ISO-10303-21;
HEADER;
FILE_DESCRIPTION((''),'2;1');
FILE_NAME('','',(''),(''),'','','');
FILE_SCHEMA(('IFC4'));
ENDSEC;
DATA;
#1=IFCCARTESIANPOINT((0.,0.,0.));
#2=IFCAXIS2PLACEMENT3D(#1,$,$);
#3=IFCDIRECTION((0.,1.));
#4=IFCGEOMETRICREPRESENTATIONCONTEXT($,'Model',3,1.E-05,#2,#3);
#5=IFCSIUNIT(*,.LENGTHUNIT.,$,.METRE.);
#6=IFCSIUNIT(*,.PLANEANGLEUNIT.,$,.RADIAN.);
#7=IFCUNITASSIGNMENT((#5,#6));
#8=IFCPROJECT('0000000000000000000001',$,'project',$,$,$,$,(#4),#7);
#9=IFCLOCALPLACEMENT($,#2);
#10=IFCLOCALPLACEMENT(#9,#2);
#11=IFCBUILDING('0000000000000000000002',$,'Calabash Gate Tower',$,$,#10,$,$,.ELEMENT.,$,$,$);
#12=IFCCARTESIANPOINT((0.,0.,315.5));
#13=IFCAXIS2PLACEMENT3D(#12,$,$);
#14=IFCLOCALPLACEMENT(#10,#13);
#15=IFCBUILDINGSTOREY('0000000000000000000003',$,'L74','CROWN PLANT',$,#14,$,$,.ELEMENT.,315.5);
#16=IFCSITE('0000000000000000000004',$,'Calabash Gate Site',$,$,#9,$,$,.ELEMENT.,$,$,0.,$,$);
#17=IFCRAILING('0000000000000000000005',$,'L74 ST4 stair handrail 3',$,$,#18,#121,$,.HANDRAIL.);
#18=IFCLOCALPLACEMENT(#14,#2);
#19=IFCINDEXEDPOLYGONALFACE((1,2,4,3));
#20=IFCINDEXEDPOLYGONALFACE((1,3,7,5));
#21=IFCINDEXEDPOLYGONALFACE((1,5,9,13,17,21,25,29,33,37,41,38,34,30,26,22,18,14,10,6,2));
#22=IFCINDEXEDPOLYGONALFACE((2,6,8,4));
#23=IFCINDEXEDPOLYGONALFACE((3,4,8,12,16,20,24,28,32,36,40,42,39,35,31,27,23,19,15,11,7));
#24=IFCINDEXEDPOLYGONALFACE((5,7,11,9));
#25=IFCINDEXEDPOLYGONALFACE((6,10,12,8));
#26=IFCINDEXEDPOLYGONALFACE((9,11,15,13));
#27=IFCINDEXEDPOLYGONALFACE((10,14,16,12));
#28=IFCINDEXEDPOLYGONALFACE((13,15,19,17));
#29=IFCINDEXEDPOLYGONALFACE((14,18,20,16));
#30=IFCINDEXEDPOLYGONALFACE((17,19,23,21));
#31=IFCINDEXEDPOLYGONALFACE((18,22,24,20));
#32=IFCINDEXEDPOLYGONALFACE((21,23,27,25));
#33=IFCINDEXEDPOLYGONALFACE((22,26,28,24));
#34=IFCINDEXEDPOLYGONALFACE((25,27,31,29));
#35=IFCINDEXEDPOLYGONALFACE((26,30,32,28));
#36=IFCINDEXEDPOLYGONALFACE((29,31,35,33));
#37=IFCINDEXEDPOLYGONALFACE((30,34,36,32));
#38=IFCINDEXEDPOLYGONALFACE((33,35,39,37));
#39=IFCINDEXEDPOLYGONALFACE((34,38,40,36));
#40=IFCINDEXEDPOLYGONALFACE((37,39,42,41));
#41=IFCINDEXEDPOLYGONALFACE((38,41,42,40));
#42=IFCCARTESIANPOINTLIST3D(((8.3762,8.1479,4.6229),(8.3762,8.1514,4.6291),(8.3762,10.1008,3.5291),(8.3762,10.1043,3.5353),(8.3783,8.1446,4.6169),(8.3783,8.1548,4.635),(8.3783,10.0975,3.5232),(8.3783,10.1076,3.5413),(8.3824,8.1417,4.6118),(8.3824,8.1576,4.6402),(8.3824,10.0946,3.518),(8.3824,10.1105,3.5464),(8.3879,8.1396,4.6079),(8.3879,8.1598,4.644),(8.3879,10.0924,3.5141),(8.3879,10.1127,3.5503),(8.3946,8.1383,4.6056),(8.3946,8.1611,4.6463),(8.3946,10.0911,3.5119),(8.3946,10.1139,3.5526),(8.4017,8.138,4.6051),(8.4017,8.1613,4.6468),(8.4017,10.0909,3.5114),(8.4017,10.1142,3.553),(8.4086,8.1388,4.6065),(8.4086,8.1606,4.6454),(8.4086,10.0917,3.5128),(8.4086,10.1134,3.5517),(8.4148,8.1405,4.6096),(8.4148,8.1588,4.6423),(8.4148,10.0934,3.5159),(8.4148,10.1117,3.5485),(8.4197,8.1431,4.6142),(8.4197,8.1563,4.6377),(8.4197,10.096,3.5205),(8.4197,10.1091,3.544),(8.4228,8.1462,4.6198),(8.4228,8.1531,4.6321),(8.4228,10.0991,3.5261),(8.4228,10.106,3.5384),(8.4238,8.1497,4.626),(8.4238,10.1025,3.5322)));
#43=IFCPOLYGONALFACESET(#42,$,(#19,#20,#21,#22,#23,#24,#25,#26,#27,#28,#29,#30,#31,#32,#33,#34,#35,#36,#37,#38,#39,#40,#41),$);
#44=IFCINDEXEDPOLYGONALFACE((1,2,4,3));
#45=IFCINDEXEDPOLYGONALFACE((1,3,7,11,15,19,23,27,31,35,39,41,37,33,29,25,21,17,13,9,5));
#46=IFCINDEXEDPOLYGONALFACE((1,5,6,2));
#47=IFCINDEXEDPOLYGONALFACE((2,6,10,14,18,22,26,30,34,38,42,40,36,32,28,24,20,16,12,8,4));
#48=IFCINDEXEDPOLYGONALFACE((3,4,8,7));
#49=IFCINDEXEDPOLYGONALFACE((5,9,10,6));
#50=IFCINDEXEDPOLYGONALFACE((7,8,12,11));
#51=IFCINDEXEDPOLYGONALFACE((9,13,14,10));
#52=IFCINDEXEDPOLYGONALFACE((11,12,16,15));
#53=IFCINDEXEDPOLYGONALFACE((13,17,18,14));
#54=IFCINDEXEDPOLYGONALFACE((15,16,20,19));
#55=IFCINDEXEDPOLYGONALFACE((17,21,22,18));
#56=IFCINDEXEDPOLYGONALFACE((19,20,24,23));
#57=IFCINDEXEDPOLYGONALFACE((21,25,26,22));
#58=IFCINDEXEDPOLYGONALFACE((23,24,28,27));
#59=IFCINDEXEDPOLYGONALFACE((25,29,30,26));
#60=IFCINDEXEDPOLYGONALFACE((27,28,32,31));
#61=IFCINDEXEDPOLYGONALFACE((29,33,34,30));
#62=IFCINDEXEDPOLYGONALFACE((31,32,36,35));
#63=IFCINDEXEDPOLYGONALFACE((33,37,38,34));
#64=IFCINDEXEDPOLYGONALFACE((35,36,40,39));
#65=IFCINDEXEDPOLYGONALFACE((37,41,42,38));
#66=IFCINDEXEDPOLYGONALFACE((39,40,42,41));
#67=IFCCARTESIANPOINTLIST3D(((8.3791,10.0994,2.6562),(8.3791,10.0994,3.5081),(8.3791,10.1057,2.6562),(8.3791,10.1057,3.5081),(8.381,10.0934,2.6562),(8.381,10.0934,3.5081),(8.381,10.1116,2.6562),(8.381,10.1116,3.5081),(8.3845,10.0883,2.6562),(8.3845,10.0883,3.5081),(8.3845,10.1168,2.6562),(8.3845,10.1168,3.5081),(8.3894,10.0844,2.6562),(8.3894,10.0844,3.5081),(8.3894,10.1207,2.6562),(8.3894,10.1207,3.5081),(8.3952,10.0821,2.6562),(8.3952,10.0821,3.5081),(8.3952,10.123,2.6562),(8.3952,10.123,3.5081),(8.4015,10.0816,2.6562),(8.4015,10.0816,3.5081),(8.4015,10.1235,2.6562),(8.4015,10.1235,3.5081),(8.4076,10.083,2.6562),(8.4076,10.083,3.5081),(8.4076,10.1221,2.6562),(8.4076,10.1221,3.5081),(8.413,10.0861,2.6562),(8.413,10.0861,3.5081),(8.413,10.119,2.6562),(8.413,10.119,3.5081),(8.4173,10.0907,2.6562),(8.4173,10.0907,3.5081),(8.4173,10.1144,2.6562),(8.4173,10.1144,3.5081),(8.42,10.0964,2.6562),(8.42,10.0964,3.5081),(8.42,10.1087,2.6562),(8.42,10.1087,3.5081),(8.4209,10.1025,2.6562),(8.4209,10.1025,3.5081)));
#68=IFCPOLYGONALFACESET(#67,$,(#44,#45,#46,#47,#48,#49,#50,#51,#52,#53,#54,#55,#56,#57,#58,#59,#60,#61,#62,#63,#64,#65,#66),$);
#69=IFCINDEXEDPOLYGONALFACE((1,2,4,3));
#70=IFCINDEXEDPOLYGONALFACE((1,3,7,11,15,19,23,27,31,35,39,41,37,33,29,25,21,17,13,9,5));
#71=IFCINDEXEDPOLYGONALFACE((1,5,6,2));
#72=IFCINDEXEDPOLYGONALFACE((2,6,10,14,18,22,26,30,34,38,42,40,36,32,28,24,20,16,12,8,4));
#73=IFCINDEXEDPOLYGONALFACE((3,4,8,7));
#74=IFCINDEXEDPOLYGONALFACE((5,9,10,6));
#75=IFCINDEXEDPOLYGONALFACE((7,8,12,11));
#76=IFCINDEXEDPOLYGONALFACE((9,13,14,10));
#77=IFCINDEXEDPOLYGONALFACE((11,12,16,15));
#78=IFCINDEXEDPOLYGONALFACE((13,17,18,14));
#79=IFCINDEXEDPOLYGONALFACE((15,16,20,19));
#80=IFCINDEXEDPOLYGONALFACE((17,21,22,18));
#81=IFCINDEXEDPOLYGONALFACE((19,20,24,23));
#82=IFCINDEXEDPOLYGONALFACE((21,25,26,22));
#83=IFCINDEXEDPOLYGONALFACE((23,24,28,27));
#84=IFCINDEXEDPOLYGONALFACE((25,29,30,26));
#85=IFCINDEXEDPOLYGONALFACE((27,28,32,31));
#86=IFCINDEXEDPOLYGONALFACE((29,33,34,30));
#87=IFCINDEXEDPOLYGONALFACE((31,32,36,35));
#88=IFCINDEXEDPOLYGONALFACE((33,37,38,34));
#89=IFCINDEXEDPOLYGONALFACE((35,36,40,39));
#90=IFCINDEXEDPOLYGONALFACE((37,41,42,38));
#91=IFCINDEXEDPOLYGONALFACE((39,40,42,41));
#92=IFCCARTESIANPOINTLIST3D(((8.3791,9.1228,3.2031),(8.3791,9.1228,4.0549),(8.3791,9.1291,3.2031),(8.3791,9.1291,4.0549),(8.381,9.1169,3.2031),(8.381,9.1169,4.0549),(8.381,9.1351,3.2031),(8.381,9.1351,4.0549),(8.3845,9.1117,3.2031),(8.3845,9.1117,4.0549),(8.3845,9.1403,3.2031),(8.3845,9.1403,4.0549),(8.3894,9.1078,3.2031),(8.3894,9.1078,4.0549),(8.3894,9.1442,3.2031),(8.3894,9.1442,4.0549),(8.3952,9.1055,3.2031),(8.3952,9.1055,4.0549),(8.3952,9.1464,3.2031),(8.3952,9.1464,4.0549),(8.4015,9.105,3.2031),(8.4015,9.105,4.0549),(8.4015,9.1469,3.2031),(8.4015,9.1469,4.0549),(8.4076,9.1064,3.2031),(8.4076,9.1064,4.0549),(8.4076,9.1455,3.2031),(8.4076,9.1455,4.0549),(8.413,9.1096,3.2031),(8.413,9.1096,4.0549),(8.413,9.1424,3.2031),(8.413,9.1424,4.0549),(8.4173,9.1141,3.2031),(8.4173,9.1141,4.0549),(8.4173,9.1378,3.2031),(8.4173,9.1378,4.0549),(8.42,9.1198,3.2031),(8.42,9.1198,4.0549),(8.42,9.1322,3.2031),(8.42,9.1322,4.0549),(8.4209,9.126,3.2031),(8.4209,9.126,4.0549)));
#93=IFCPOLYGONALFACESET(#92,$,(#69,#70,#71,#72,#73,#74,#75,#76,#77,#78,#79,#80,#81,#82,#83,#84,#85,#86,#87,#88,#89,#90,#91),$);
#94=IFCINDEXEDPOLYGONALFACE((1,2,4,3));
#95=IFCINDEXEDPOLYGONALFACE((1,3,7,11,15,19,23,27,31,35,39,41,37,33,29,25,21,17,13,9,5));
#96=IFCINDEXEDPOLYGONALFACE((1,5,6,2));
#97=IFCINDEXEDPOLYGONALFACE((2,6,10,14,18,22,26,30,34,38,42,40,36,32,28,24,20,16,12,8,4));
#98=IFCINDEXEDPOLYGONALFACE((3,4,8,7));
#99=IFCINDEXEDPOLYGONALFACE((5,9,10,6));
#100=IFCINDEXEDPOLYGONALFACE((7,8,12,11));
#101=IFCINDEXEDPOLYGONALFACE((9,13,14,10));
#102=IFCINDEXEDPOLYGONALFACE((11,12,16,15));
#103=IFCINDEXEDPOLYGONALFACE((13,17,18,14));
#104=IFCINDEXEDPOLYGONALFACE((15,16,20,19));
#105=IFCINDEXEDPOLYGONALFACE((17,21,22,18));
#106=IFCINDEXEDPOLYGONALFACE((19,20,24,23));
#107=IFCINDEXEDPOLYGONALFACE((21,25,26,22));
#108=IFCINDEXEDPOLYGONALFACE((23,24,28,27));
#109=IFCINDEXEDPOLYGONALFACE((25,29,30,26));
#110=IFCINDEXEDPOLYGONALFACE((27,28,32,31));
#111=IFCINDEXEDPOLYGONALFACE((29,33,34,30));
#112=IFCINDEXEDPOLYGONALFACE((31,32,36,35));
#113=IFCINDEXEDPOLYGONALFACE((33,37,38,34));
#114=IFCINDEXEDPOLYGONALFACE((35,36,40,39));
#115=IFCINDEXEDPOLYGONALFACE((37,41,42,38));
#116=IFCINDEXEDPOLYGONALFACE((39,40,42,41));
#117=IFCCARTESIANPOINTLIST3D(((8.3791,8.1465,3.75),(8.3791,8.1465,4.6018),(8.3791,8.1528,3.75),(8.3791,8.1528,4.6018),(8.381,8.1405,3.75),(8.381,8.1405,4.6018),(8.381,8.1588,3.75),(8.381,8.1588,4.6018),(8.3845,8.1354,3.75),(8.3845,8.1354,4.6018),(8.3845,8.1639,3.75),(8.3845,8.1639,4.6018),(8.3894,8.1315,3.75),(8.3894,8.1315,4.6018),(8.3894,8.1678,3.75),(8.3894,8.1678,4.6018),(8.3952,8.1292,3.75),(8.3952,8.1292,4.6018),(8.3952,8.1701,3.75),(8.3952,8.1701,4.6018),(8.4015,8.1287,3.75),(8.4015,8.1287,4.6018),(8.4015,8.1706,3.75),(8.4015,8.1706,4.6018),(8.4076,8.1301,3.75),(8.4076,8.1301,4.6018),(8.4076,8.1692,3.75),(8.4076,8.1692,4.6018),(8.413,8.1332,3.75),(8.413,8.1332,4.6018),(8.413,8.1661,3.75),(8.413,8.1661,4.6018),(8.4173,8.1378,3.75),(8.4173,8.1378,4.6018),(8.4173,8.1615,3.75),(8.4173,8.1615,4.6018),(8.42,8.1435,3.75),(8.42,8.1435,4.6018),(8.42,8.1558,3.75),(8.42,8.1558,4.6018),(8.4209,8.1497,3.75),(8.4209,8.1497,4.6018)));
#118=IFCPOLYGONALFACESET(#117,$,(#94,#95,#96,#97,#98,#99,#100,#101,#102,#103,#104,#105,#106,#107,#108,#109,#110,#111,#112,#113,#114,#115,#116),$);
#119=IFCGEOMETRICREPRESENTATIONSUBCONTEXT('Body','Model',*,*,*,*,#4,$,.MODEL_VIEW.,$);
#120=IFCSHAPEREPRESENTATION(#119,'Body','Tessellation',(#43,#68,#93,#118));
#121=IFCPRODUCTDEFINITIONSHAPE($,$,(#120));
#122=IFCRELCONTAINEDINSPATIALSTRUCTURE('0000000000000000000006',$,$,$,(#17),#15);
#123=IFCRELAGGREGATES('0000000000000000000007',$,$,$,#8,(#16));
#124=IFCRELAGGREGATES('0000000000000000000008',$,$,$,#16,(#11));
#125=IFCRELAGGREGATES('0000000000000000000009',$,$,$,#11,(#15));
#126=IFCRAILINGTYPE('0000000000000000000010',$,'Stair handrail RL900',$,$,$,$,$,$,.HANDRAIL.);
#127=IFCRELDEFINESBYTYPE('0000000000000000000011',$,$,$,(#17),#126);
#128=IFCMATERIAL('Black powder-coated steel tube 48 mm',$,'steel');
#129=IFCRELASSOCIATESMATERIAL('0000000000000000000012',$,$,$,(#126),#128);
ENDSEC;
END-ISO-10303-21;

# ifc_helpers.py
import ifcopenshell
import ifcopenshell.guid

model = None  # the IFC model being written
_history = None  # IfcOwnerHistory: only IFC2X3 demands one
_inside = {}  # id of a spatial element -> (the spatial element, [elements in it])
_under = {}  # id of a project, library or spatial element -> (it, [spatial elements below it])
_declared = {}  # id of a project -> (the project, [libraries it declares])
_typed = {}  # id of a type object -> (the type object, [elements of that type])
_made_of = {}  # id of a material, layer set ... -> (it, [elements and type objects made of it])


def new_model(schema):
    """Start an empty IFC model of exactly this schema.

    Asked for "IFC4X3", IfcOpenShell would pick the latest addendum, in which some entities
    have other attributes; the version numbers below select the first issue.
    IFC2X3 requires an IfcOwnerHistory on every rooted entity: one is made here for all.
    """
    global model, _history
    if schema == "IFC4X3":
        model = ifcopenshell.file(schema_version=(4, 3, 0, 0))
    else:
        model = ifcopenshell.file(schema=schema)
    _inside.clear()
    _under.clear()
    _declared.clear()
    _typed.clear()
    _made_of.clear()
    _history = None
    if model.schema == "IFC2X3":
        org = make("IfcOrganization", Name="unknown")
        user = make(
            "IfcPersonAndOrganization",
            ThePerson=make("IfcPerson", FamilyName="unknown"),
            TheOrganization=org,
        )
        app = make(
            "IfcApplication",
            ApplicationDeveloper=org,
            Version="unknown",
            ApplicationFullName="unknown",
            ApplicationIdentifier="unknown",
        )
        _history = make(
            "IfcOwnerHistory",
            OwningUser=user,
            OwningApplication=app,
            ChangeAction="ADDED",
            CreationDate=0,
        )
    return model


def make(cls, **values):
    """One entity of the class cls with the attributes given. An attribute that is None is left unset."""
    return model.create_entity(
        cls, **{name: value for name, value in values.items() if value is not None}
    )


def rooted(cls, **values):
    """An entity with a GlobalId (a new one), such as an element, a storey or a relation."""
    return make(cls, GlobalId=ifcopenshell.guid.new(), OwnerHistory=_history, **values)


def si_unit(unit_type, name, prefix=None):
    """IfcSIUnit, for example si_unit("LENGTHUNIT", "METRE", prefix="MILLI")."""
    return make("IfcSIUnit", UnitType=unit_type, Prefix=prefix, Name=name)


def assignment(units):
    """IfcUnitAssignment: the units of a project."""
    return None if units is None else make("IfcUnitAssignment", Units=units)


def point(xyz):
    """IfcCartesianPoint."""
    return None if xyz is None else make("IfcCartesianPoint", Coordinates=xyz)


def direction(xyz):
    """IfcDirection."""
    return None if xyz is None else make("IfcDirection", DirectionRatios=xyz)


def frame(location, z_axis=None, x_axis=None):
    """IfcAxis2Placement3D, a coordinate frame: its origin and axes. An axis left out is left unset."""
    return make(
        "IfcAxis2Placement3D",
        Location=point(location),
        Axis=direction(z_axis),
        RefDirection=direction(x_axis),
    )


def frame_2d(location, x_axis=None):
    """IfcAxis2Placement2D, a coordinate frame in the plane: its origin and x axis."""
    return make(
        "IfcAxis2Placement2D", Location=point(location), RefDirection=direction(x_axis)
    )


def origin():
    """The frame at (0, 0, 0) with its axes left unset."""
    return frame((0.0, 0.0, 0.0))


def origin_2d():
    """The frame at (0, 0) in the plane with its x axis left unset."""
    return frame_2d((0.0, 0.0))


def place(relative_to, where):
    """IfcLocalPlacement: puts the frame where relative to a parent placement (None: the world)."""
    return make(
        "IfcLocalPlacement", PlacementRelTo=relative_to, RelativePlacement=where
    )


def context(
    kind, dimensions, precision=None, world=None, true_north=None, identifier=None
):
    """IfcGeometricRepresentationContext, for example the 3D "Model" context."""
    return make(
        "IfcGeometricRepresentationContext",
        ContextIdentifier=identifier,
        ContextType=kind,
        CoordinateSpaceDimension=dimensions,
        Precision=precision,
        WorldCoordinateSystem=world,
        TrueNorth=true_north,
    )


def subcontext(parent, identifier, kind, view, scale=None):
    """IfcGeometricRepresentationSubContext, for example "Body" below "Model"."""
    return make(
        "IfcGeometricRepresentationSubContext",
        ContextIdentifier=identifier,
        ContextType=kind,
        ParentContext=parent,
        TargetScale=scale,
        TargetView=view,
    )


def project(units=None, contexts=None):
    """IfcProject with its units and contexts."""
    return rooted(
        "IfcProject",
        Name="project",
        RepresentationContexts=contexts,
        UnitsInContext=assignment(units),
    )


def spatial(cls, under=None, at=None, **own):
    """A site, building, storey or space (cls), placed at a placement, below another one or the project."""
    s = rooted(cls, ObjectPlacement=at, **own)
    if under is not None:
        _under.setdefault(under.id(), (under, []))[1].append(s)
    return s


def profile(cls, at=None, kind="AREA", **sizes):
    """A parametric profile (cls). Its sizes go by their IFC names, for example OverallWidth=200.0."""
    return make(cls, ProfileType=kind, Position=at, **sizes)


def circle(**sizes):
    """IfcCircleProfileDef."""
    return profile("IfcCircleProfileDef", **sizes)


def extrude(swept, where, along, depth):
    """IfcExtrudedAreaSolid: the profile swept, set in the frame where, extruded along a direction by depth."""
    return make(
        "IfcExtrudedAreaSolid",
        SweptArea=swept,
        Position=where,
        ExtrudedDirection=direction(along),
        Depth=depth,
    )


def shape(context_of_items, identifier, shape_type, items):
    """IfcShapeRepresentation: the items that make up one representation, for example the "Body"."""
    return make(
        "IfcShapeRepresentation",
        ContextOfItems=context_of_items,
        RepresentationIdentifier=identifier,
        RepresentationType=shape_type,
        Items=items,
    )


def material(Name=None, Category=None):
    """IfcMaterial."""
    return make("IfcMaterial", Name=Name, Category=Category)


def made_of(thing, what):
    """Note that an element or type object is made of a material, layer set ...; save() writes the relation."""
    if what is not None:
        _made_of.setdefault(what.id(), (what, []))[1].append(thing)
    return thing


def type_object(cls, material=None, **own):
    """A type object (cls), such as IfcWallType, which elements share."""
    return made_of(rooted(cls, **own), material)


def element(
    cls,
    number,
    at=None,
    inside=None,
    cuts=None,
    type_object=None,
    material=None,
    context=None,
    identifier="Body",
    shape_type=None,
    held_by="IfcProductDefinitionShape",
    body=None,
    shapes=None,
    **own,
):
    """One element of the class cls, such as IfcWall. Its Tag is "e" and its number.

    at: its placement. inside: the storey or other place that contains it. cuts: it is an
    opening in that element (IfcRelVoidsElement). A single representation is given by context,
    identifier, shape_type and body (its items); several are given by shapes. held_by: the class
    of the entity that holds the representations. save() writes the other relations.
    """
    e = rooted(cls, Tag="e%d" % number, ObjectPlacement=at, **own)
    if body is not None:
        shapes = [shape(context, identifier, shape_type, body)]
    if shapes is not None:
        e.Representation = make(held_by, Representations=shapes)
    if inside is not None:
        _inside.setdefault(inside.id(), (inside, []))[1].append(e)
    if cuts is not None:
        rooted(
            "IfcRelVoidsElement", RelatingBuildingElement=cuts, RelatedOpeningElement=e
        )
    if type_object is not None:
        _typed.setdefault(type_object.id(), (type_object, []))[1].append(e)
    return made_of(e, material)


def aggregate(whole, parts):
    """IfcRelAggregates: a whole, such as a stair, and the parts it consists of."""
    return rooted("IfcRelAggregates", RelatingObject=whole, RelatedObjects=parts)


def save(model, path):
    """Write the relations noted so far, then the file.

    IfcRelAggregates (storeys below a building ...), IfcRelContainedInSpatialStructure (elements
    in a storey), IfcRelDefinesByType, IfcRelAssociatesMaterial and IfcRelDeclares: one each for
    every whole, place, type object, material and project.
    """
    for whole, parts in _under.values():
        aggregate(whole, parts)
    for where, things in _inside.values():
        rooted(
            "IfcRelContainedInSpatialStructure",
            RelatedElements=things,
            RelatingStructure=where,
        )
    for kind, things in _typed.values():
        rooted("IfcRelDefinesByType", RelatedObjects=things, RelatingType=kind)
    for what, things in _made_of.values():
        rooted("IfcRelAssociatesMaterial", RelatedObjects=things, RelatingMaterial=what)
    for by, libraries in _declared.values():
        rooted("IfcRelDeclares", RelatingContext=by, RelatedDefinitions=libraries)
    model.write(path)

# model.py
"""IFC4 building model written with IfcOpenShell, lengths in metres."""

from ifc_helpers import new_model, si_unit, direction, frame, origin, origin_2d, place, context, subcontext, project, spatial, circle, extrude, material, type_object, element, save


model = new_model("IFC4")

# Units and contexts
model_context = context("Model", 3, precision=1e-05, world=origin(), true_north=direction((0.0, 1.0)))
body_context = subcontext(model_context, "Body", "Model", "MODEL_VIEW")
ifc_project = project(units=[si_unit("LENGTHUNIT", "METRE"), si_unit("PLANEANGLEUNIT", "RADIAN")], contexts=[model_context])

# Site, building, storey
site_placement = place(None, origin())
site = spatial("IfcSite", under=ifc_project, at=site_placement, Name="Calabash Gate Site", CompositionType="ELEMENT", RefElevation=0.0)
building_placement = place(site_placement, origin())
building = spatial("IfcBuilding", under=site, at=building_placement, Name="Calabash Gate Tower", CompositionType="ELEMENT")
storey_placement = place(building_placement, frame((0.0, 0.0, 315.5)))
storey = spatial("IfcBuildingStorey", under=building, at=storey_placement, Name="L74", Description="CROWN PLANT", CompositionType="ELEMENT", Elevation=315.5)

# Railing
ifc_material_1 = material(Name="Black powder-coated steel tube 48 mm", Category="steel")
railing_type_1 = type_object("IfcRailingType", Name="Stair handrail RL900", PredefinedType="HANDRAIL", material=ifc_material_1)
for number, where, name in (
    (1, (8.3999, 10.1025, 2.6562), "L74 ST4 stair handrail 3"),
):
    element("IfcRailing", number, at=place(storey_placement, frame(where)), inside=storey, type_object=railing_type_1, Name=name, PredefinedType="HANDRAIL", context=body_context, shape_type="SweptSolid", body=[
        extrude(circle(Radius=0.0239, at=origin_2d()), frame((0.0, 0.0, 0.876), z_axis=(0.0, -0.87248, 0.48865), x_axis=(1.0, 0.0, 0.0)), (0.0, 0.0, 1.0), 2.2383),
        extrude(circle(Radius=0.021, at=origin_2d()), origin(), (0.0, 0.0, 1.0), 0.8518),
        extrude(circle(Radius=0.021, at=origin_2d()), frame((0.0, -0.9766, 0.5469)), (0.0, 0.0, 1.0), 0.8518),
        extrude(circle(Radius=0.021, at=origin_2d()), frame((0.0, -1.9529, 1.0938)), (0.0, 0.0, 1.0), 0.8518),
    ])

save(model, "model.ifc")
